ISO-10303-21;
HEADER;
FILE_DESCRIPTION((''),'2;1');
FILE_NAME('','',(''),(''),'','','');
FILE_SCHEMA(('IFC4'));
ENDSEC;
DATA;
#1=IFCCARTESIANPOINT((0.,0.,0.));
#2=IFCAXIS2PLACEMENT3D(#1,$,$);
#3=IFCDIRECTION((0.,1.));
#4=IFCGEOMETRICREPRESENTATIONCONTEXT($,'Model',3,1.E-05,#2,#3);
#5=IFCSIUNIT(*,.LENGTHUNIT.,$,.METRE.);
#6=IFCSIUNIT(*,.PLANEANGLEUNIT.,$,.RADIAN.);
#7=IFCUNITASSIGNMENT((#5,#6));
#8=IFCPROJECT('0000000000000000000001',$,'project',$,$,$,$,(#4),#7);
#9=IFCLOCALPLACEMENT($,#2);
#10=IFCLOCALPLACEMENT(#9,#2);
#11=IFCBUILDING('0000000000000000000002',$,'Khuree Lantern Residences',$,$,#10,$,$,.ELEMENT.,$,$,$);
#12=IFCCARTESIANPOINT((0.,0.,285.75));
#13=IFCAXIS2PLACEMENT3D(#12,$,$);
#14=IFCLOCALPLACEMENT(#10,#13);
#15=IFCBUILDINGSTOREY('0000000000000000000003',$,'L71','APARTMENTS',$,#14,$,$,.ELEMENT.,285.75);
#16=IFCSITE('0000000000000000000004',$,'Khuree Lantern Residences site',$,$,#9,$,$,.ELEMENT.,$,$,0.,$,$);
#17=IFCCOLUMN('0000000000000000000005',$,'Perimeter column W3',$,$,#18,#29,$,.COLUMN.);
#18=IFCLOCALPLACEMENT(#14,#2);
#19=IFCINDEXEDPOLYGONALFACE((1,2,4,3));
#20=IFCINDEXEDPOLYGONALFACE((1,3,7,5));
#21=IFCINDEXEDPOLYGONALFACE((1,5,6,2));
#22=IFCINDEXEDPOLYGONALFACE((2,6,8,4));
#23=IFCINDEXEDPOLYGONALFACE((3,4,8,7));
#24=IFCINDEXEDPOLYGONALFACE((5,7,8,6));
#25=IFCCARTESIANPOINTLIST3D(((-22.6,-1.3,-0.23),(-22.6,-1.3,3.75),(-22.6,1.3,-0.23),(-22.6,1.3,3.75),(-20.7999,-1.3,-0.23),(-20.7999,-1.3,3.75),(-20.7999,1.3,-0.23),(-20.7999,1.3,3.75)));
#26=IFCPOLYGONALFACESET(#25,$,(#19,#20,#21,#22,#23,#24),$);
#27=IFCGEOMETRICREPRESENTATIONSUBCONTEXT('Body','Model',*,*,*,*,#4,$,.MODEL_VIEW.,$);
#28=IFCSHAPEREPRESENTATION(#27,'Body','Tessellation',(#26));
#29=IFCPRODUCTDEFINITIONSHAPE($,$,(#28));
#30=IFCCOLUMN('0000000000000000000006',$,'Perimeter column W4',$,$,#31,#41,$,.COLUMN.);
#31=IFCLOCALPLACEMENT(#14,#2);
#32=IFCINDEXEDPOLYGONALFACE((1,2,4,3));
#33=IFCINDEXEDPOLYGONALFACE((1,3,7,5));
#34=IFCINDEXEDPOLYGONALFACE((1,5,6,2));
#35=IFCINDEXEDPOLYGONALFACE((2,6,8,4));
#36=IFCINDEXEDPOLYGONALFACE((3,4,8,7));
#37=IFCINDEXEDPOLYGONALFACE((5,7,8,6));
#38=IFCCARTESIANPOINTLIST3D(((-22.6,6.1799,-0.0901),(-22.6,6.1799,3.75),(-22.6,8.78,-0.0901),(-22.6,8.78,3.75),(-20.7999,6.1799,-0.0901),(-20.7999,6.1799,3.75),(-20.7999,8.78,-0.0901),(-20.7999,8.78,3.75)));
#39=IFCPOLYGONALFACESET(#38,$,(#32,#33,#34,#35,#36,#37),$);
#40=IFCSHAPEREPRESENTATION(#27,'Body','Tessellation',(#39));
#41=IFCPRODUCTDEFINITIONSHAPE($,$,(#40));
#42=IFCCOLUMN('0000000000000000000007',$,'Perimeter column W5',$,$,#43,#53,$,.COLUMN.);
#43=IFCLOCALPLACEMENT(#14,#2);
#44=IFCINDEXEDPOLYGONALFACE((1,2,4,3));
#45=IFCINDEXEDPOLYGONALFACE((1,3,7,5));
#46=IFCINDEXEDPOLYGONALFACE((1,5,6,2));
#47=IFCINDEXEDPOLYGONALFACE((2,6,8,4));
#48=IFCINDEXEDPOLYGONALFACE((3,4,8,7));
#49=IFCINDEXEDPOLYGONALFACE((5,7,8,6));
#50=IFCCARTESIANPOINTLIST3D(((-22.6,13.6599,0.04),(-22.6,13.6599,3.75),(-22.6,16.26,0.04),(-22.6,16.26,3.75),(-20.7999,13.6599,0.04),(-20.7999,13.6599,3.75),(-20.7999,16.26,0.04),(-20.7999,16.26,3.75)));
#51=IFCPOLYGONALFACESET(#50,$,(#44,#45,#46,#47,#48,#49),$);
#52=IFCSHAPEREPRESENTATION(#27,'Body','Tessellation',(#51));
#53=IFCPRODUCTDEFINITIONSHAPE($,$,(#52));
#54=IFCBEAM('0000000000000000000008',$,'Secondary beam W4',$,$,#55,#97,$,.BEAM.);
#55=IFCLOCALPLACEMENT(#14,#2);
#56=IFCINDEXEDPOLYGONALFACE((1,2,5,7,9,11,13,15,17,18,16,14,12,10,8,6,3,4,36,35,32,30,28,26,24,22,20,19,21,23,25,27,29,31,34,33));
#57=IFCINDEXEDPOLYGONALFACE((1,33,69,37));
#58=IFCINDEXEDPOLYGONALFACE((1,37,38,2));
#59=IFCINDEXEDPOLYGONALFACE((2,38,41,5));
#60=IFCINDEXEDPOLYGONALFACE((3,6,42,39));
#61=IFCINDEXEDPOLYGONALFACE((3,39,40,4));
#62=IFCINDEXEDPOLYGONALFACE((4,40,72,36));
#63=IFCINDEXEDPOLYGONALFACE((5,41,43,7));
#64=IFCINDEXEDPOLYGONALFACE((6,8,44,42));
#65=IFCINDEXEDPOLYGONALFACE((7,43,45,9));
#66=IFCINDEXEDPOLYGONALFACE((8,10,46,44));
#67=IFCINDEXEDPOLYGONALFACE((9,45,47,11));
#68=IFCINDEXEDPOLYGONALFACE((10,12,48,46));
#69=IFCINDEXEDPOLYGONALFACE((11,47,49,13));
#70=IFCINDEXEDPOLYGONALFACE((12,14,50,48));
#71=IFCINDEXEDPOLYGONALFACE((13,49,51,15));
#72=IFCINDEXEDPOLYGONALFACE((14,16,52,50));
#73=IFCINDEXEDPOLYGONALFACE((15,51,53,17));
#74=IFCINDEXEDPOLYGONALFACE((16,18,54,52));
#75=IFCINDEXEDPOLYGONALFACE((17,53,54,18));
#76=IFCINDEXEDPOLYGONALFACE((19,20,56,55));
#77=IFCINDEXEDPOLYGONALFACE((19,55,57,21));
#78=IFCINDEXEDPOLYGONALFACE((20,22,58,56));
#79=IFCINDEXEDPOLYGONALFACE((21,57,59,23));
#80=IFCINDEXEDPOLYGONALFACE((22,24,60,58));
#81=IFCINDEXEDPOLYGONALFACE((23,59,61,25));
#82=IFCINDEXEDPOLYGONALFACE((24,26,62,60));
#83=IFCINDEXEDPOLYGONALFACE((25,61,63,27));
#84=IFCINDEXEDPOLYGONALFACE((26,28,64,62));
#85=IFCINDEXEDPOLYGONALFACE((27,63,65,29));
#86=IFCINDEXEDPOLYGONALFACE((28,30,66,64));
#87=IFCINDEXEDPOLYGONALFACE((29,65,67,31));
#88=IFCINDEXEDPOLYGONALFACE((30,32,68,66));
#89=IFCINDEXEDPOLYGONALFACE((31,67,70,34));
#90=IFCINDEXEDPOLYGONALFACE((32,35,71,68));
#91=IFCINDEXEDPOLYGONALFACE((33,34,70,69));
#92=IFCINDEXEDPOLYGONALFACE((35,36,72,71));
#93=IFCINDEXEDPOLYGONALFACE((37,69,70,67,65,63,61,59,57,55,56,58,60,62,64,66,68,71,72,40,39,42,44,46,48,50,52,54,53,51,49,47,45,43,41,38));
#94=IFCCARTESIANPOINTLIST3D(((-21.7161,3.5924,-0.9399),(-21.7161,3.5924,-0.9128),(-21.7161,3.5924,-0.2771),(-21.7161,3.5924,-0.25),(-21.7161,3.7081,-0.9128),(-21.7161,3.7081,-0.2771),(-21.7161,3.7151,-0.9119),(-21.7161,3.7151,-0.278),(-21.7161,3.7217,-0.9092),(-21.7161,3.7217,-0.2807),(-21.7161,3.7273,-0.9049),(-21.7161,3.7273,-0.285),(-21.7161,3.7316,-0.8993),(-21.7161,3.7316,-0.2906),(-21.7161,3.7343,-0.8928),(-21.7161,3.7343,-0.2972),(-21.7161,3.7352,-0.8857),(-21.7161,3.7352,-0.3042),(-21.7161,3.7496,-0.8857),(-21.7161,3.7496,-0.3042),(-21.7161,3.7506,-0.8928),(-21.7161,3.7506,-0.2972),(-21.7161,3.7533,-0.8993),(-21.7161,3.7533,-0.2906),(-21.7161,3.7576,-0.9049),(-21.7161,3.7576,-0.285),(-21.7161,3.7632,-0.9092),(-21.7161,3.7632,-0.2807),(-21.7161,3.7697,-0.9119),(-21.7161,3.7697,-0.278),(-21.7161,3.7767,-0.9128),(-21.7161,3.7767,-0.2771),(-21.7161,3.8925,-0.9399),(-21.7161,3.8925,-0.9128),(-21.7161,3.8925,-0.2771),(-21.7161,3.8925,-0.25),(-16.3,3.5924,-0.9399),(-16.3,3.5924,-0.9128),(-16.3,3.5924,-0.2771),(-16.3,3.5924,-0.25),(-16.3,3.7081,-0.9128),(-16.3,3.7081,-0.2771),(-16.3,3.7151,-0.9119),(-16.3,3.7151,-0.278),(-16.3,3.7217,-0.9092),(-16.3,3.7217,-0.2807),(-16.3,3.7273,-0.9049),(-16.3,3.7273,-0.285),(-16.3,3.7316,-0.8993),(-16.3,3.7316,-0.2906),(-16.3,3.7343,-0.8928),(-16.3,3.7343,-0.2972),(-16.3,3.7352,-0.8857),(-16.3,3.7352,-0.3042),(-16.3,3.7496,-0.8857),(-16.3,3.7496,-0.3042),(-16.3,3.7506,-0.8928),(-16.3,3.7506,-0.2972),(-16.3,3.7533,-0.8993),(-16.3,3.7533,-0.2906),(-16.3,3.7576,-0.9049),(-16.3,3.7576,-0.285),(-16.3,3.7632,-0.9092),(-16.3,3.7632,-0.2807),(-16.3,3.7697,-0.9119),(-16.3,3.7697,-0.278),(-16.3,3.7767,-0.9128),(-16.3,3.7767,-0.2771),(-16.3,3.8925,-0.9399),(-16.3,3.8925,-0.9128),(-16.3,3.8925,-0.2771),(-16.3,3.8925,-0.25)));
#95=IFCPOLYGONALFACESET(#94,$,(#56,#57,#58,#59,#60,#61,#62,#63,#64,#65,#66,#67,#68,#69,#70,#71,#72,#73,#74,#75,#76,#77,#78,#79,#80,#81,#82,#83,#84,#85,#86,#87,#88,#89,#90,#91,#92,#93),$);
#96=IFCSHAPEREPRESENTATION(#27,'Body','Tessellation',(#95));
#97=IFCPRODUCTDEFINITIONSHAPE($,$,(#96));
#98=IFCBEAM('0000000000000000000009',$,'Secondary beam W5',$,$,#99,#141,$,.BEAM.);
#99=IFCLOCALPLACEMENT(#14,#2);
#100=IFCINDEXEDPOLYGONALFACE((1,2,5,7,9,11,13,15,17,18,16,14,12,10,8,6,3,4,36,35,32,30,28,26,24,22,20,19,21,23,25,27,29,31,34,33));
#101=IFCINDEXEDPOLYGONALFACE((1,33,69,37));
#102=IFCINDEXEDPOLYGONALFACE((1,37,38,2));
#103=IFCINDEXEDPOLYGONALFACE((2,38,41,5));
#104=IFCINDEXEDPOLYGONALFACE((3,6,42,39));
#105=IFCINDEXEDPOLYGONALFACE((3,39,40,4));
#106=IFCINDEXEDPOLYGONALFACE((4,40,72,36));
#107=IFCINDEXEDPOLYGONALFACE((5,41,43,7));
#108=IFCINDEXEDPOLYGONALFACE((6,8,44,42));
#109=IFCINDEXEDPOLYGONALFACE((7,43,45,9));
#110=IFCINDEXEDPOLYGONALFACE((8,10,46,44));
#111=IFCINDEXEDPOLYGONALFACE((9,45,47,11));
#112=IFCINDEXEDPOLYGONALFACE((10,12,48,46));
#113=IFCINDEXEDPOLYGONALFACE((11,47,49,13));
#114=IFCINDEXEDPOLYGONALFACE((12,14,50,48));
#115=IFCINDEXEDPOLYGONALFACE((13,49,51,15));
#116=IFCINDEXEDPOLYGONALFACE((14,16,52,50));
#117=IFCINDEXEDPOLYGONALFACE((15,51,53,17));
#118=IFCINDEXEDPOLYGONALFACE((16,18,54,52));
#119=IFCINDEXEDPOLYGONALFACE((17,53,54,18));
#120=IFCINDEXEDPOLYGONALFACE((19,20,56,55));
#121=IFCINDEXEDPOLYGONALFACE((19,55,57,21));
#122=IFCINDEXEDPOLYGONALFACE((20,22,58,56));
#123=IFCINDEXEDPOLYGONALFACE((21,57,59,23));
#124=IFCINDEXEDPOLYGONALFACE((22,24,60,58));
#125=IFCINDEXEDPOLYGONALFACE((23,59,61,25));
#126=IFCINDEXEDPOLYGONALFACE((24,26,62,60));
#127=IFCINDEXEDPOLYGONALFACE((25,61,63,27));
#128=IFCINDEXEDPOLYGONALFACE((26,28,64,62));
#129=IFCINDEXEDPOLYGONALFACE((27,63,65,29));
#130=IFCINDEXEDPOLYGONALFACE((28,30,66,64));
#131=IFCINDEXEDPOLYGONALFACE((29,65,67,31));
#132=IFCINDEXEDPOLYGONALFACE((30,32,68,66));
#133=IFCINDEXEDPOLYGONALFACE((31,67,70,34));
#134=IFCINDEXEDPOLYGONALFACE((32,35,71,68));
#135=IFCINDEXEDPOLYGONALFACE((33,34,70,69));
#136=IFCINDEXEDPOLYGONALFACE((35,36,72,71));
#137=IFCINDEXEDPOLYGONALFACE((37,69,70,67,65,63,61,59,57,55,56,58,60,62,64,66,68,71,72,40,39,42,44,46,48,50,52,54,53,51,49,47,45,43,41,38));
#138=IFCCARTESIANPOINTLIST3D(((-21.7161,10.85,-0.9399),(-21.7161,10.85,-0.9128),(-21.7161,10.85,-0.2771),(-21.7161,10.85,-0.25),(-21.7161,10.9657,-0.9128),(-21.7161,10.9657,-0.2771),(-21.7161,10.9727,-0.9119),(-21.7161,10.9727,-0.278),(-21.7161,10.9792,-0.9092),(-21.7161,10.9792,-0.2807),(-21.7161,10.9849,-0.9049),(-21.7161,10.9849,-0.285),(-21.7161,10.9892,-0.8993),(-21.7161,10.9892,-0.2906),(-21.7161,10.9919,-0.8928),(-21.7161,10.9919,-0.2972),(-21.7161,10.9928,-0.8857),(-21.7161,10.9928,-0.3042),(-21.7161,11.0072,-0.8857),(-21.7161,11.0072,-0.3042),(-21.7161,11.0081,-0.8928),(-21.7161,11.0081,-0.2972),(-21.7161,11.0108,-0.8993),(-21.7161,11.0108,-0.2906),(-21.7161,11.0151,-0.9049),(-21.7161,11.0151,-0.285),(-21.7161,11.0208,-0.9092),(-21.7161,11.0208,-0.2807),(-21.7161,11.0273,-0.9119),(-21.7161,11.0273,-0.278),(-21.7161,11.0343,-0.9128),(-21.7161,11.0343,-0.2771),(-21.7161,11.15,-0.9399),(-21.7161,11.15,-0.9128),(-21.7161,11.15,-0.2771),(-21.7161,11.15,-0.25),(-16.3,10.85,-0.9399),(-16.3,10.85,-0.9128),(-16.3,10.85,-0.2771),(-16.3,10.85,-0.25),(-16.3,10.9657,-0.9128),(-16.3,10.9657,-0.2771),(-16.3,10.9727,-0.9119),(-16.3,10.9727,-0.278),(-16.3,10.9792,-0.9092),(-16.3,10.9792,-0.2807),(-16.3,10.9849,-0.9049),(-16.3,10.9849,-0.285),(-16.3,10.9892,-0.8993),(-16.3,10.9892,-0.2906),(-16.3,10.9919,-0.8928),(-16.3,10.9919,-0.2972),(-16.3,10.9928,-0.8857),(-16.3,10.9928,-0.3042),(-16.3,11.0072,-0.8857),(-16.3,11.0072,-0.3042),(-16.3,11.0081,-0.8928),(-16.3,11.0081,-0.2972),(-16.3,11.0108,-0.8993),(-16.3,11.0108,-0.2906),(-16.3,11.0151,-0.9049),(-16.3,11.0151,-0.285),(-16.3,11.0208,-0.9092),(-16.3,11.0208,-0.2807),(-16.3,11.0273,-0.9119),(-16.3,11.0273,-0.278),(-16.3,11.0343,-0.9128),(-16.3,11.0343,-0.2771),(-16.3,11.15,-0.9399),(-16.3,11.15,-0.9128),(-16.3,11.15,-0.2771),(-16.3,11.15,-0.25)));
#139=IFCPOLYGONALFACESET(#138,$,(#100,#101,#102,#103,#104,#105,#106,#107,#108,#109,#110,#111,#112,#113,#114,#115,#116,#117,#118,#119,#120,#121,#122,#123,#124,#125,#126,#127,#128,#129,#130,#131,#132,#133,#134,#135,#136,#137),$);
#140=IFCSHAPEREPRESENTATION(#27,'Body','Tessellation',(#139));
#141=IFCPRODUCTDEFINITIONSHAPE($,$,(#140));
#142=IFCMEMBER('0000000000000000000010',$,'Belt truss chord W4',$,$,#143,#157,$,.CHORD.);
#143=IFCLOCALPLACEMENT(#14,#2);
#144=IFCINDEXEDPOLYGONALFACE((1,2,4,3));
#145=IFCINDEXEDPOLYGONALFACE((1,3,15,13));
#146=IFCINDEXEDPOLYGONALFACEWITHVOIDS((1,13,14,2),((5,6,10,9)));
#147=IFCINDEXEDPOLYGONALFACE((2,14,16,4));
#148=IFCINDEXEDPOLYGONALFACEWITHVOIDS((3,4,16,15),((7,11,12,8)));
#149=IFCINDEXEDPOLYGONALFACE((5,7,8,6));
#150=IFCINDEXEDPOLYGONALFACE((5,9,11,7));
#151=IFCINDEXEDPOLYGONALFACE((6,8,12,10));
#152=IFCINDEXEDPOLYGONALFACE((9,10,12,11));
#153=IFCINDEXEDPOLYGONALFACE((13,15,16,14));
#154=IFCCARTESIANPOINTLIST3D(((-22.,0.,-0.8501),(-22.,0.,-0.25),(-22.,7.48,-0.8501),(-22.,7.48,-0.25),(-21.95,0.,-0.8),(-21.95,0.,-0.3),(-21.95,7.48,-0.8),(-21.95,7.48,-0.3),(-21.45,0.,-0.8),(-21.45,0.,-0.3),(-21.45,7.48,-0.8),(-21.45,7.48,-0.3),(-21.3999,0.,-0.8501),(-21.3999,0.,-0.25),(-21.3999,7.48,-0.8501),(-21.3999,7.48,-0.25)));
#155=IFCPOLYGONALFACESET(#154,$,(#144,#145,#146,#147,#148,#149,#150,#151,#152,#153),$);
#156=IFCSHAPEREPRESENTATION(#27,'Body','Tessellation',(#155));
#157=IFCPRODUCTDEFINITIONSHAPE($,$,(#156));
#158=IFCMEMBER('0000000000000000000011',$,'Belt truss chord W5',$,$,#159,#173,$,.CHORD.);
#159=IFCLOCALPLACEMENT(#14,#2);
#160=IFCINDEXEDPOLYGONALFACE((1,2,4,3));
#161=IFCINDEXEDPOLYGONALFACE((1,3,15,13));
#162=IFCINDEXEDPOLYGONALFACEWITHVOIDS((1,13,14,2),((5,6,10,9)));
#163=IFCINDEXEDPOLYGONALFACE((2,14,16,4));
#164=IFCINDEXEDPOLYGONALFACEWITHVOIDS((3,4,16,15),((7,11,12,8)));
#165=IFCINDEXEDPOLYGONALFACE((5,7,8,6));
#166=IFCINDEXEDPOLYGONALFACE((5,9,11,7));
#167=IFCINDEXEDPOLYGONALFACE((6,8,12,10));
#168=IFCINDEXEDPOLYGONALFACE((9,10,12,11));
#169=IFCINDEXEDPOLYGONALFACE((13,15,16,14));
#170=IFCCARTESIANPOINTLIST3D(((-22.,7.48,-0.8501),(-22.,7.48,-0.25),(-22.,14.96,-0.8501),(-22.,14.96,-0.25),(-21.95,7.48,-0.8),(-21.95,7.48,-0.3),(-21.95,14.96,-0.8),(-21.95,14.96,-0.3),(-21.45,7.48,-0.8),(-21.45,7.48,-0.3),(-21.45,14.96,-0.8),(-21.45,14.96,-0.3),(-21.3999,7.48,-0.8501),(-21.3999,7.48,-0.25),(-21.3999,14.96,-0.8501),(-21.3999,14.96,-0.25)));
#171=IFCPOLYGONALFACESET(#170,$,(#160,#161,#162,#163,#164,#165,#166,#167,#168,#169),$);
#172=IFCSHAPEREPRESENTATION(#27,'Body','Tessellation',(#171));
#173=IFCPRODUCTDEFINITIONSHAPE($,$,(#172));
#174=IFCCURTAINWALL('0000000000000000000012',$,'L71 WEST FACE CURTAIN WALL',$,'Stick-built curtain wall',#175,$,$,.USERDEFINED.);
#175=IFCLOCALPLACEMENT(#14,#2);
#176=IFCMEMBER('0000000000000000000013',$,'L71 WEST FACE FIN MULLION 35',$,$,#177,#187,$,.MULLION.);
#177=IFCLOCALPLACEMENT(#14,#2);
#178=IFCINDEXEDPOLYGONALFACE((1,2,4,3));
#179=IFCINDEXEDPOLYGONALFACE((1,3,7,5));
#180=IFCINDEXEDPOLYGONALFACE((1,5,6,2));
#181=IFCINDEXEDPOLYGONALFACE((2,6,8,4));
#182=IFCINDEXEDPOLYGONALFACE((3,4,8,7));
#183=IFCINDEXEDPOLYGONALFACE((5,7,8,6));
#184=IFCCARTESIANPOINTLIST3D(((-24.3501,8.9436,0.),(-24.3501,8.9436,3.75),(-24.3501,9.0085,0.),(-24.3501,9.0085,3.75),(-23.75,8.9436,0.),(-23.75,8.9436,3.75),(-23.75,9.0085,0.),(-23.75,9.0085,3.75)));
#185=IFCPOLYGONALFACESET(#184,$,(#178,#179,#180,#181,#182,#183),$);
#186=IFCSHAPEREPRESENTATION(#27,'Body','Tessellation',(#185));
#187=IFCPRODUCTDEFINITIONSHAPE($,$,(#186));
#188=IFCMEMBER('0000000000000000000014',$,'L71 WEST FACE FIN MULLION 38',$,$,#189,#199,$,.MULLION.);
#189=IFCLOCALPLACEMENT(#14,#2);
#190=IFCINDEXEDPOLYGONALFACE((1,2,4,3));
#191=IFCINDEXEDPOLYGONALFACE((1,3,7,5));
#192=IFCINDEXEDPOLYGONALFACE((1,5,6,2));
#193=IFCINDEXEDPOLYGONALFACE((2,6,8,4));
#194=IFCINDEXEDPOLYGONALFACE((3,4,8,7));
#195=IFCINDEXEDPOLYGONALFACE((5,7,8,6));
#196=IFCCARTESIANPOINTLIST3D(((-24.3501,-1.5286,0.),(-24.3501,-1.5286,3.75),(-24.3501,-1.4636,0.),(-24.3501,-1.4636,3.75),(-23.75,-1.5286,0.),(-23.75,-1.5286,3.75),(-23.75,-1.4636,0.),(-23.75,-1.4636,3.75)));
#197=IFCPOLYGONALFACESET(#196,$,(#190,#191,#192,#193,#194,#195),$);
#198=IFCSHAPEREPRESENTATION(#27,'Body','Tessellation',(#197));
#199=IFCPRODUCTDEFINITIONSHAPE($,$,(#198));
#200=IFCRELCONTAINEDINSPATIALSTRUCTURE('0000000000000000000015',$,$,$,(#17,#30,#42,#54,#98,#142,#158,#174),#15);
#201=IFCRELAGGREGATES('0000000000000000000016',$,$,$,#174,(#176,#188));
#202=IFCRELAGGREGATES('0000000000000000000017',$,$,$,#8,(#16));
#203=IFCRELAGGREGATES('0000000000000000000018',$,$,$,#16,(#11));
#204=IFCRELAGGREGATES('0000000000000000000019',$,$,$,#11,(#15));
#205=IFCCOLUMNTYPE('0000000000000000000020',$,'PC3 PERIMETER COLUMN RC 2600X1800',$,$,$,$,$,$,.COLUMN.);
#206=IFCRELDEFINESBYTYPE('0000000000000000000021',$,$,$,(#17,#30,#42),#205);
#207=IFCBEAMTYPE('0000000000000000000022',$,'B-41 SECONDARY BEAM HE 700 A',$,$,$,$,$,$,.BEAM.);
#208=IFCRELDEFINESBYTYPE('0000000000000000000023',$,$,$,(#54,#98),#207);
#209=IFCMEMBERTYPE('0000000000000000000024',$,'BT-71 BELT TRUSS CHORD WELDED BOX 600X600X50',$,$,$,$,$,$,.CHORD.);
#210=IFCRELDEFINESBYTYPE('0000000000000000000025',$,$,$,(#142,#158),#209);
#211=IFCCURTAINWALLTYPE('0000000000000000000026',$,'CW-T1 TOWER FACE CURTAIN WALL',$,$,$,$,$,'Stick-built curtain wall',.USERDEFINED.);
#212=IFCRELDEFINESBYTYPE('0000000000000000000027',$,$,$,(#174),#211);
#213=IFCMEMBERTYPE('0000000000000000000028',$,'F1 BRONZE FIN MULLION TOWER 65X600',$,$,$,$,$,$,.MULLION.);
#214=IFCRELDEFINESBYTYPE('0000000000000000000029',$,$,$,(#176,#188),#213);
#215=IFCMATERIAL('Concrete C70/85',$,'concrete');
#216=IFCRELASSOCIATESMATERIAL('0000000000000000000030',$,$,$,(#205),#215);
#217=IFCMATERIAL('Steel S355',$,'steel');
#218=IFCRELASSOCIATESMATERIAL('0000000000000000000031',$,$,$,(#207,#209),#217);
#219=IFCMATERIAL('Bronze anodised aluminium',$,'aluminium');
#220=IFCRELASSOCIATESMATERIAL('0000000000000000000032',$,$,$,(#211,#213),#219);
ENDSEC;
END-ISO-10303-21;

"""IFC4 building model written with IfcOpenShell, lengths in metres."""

from ifc_helpers import new_model, si_unit, direction, frame, origin, origin_2d, place, context, subcontext, project, spatial, rectangle, hollow_rectangle, i_section, extrude, material, material_profile, profile_set, type_object, element, aggregate, save


model = new_model("IFC4")

# Units and contexts
model_context = context("Model", 3, precision=1e-05, world=origin(), true_north=direction((0.0, 1.0)))
body_context = subcontext(model_context, "Body", "Model", "MODEL_VIEW")
ifc_project = project(units=[si_unit("LENGTHUNIT", "METRE"), si_unit("PLANEANGLEUNIT", "RADIAN")], contexts=[model_context])

# Site, building, storey
site_placement = place(None, origin())
site = spatial("IfcSite", under=ifc_project, at=site_placement, Name="Khuree Lantern Residences site", CompositionType="ELEMENT", RefElevation=0.0)
building_placement = place(site_placement, origin())
building = spatial("IfcBuilding", under=site, at=building_placement, Name="Khuree Lantern Residences", CompositionType="ELEMENT")
storey_placement = place(building_placement, frame((0.0, 0.0, 285.75)))
storey = spatial("IfcBuildingStorey", under=building, at=storey_placement, Name="L71", Description="APARTMENTS", CompositionType="ELEMENT", Elevation=285.75)

# Columns
ifc_material_1 = material(Name="Concrete C70/85", Category="concrete")
ifc_material_profile_1 = material_profile(ifc_material_1, rectangle(XDim=2.6001, YDim=1.8, at=origin_2d()), Name="RC 2600X1800")
ifc_profile_set_1 = profile_set([ifc_material_profile_1], Name="Concrete C70/85")
column_type = type_object("IfcColumnType", Name="PC3 PERIMETER COLUMN RC 2600X1800", PredefinedType="COLUMN", material=ifc_profile_set_1)
column_1_placement = place(storey_placement, frame((-21.7, 0.0, -0.23), z_axis=(0.0, 0.0, 1.0), x_axis=(0.0, 1.0, 0.0)))
element("IfcColumn", 1, at=column_1_placement, inside=storey, type_object=column_type, Name="Perimeter column W3", PredefinedType="COLUMN", context=body_context, shape_type="SweptSolid", body=[
    extrude(rectangle(XDim=2.6001, YDim=1.8, at=origin_2d()), origin(), (0.0, 0.0, 1.0), 3.98),
])
column_2_placement = place(storey_placement, frame((-21.7, 7.48, -0.0901), z_axis=(0.0, 0.0, 1.0), x_axis=(0.0, 1.0, 0.0)))
element("IfcColumn", 2, at=column_2_placement, inside=storey, type_object=column_type, Name="Perimeter column W4", PredefinedType="COLUMN", context=body_context, shape_type="SweptSolid", body=[
    extrude(rectangle(XDim=2.6001, YDim=1.8, at=origin_2d()), origin(), (0.0, 0.0, 1.0), 3.8401),
])
column_3_placement = place(storey_placement, frame((-21.7, 14.96, 0.04), z_axis=(0.0, 0.0, 1.0), x_axis=(0.0, 1.0, 0.0)))
element("IfcColumn", 3, at=column_3_placement, inside=storey, type_object=column_type, Name="Perimeter column W5", PredefinedType="COLUMN", context=body_context, shape_type="SweptSolid", body=[
    extrude(rectangle(XDim=2.6001, YDim=1.8, at=origin_2d()), origin(), (0.0, 0.0, 1.0), 3.71),
])

# Beams
ifc_material_2 = material(Name="Steel S355", Category="steel")
ifc_material_profile_2 = material_profile(ifc_material_2, i_section(OverallWidth=0.3, OverallDepth=0.6899, WebThickness=0.0144, FlangeThickness=0.0271, FilletRadius=0.0271, at=origin_2d()), Name="HE 700 A")
ifc_profile_set_2 = profile_set([ifc_material_profile_2], Name="Steel S355")
beam_type_1 = type_object("IfcBeamType", Name="B-41 SECONDARY BEAM HE 700 A", PredefinedType="BEAM", material=ifc_profile_set_2)
for number, where, z_axis, x_axis, name in (
    (4, (-21.7161, 3.7424, -0.595), (1.0, 0.0, 0.0), (0.0, 1.0, 0.0), "Secondary beam W4"),
    (5, (-21.7161, 11.0, -0.595), (1.0, 0.0, 0.0), (0.0, 1.0, 0.0), "Secondary beam W5"),
):
    element("IfcBeam", number, at=place(storey_placement, frame(where, z_axis=z_axis, x_axis=x_axis)), inside=storey, type_object=beam_type_1, Name=name, PredefinedType="BEAM", context=body_context, shape_type="SweptSolid", body=[
        extrude(i_section(OverallWidth=0.3, OverallDepth=0.6899, WebThickness=0.0144, FlangeThickness=0.0271, FilletRadius=0.0271, at=origin_2d()), origin(), (0.0, 0.0, 1.0), 5.416),
    ])

# Members
ifc_material_profile_3 = material_profile(ifc_material_2, hollow_rectangle(XDim=0.6001, YDim=0.6001, WallThickness=0.05, at=origin_2d()), Name="WELDED BOX 600X600X50")
ifc_profile_set_3 = profile_set([ifc_material_profile_3], Name="Steel S355")
member_type_1 = type_object("IfcMemberType", Name="BT-71 BELT TRUSS CHORD WELDED BOX 600X600X50", PredefinedType="CHORD", material=ifc_profile_set_3)
for number, where, z_axis, x_axis, name in (
    (6, (-21.7, 0.0, -0.55), (0.0, 1.0, 0.0), (-1.0, 0.0, 0.0), "Belt truss chord W4"),
    (7, (-21.7, 7.48, -0.55), (0.0, 1.0, 0.0), (-1.0, 0.0, 0.0), "Belt truss chord W5"),
):
    element("IfcMember", number, at=place(storey_placement, frame(where, z_axis=z_axis, x_axis=x_axis)), inside=storey, type_object=member_type_1, Name=name, PredefinedType="CHORD", context=body_context, shape_type="SweptSolid", body=[
        extrude(hollow_rectangle(XDim=0.6001, YDim=0.6001, WallThickness=0.05, at=origin_2d()), origin(), (0.0, 0.0, 1.0), 7.48),
    ])

# Curtain wall, members
ifc_material_3 = material(Name="Bronze anodised aluminium", Category="aluminium")
curtain_wall_type = type_object("IfcCurtainWallType", Name="CW-T1 TOWER FACE CURTAIN WALL", ElementType="Stick-built curtain wall", PredefinedType="USERDEFINED", material=ifc_material_3)
curtain_wall_placement = place(storey_placement, origin())
curtain_wall = element("IfcCurtainWall", 8, at=curtain_wall_placement, inside=storey, type_object=curtain_wall_type, Name="L71 WEST FACE CURTAIN WALL", ObjectType="Stick-built curtain wall", PredefinedType="USERDEFINED")
ifc_material_profile_4 = material_profile(ifc_material_3, rectangle(XDim=0.0649, YDim=0.6001, at=origin_2d()), Name="F1 65X600")
ifc_profile_set_4 = profile_set([ifc_material_profile_4], Name="Bronze anodised aluminium")
member_type_2 = type_object("IfcMemberType", Name="F1 BRONZE FIN MULLION TOWER 65X600", PredefinedType="MULLION", material=ifc_profile_set_4)
member_1_placement = place(storey_placement, frame((-24.05, 8.9761, 0.0), z_axis=(0.0, 0.0, 1.0), x_axis=(0.0, -1.0, 0.0)))
member_1 = element("IfcMember", 9, at=member_1_placement, type_object=member_type_2, Name="L71 WEST FACE FIN MULLION 35", PredefinedType="MULLION", context=body_context, shape_type="SweptSolid", body=[
    extrude(rectangle(XDim=0.0649, YDim=0.6001, at=origin_2d()), origin(), (0.0, 0.0, 1.0), 3.75),
])
member_2_placement = place(storey_placement, frame((-24.05, -1.4961, 0.0), z_axis=(0.0, 0.0, 1.0), x_axis=(0.0, -1.0, 0.0)))
member_2 = element("IfcMember", 10, at=member_2_placement, type_object=member_type_2, Name="L71 WEST FACE FIN MULLION 38", PredefinedType="MULLION", context=body_context, shape_type="SweptSolid", body=[
    extrude(rectangle(XDim=0.0649, YDim=0.6001, at=origin_2d()), origin(), (0.0, 0.0, 1.0), 3.75),
])

aggregate(curtain_wall, [member_1, member_2])

save(model, "model.ifc")
